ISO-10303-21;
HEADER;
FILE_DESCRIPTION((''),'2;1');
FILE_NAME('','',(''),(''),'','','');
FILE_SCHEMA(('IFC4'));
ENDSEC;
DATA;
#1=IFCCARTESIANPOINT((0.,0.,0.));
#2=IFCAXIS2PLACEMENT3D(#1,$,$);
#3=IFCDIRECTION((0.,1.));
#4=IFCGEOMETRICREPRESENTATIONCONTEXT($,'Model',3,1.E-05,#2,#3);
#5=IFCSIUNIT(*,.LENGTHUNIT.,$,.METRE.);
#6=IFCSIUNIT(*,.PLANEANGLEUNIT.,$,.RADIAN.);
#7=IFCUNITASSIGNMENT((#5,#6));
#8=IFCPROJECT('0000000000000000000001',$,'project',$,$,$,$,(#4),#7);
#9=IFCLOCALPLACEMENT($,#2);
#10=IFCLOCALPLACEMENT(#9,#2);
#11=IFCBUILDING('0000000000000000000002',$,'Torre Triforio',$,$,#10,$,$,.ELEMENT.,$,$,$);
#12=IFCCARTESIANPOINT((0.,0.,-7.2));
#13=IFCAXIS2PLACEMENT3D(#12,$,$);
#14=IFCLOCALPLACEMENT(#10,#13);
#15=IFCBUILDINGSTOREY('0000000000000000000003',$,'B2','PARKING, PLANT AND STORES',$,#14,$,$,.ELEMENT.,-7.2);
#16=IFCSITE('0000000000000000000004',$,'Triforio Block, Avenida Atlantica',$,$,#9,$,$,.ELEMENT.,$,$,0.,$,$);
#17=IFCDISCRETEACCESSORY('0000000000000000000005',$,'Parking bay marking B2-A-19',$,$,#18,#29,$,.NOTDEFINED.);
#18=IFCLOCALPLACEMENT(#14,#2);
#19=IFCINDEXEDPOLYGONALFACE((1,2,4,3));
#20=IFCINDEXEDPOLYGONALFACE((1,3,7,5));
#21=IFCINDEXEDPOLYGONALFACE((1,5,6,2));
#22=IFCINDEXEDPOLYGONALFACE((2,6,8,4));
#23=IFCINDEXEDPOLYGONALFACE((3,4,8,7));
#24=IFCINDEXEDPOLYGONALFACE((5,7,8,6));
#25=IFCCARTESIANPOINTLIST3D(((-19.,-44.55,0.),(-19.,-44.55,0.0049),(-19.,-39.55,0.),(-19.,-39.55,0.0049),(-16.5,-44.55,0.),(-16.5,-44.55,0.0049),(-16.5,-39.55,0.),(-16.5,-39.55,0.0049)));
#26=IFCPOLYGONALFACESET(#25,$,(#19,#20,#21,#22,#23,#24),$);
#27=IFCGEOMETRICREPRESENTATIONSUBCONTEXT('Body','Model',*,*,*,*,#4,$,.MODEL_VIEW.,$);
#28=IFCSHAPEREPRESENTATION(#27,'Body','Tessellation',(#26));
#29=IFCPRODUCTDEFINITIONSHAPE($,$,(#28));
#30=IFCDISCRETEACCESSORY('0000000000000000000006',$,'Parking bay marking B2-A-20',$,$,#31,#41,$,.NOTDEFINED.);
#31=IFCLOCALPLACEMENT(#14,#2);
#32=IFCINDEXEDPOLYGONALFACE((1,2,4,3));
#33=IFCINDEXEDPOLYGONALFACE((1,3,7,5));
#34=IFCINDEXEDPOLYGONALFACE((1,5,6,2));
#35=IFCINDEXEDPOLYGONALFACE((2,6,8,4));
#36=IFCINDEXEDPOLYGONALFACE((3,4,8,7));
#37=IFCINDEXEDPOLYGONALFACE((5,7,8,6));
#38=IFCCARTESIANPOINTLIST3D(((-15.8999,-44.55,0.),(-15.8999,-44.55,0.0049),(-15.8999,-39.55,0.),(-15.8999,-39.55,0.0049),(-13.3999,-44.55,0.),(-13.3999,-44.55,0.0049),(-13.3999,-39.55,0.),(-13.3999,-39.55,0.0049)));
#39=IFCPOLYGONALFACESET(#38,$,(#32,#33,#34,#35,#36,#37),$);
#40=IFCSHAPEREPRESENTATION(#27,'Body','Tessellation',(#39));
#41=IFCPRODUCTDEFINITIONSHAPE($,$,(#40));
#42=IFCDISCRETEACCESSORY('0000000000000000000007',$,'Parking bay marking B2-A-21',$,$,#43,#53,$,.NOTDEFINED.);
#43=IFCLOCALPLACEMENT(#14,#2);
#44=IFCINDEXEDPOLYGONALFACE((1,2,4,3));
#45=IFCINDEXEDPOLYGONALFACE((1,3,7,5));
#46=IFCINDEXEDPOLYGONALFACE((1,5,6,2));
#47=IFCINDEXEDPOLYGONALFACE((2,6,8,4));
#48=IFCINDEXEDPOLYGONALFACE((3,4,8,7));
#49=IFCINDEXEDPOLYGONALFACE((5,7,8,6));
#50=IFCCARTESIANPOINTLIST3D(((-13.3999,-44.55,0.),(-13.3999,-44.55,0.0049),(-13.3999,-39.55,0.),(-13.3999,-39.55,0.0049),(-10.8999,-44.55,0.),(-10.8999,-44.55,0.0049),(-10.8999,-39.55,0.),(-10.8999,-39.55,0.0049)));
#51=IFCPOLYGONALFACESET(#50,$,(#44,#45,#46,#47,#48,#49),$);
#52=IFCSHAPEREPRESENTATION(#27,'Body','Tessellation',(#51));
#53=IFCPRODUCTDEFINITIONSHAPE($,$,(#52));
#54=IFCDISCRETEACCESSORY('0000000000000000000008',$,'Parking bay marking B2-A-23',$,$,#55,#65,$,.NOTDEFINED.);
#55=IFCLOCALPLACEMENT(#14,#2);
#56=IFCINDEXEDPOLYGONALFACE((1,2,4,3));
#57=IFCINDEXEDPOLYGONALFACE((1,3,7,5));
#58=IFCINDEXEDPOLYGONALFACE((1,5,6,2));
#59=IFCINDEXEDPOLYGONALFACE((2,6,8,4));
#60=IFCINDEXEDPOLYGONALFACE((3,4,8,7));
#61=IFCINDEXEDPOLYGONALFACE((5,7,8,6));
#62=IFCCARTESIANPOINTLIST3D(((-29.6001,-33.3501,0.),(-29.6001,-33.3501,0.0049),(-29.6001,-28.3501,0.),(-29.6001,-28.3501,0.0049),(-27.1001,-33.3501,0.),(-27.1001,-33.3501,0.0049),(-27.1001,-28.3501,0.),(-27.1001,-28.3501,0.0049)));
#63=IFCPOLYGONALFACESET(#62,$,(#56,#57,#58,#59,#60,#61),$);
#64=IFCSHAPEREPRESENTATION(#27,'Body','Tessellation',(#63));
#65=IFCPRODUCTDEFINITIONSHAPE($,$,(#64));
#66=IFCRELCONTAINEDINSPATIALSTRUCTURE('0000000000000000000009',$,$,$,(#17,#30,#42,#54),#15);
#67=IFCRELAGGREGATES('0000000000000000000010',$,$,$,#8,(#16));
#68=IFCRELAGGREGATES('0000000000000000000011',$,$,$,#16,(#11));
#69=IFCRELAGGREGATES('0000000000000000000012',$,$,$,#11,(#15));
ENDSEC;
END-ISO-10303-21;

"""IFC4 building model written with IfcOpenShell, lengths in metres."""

from ifc_helpers import new_model, si_unit, direction, frame, origin, origin_2d, place, context, subcontext, project, spatial, rectangle, extrude, element, save


model = new_model("IFC4")

# Units and contexts
model_context = context("Model", 3, precision=1e-05, world=origin(), true_north=direction((0.0, 1.0)))
body_context = subcontext(model_context, "Body", "Model", "MODEL_VIEW")
ifc_project = project(units=[si_unit("LENGTHUNIT", "METRE"), si_unit("PLANEANGLEUNIT", "RADIAN")], contexts=[model_context])

# Site, building, storey
site_placement = place(None, origin())
site = spatial("IfcSite", under=ifc_project, at=site_placement, Name="Triforio Block, Avenida Atlantica", CompositionType="ELEMENT", RefElevation=0.0)
building_placement = place(site_placement, origin())
building = spatial("IfcBuilding", under=site, at=building_placement, Name="Torre Triforio", CompositionType="ELEMENT")
storey_placement = place(building_placement, frame((0.0, 0.0, -7.2)))
storey = spatial("IfcBuildingStorey", under=building, at=storey_placement, Name="B2", Description="PARKING, PLANT AND STORES", CompositionType="ELEMENT", Elevation=-7.2)

# Discrete accessories
for number, where, z_axis, x_axis, name in (
    (1, (-17.75, -42.05, 0.0), (0.0, 0.0, 1.0), (1.0, 0.0, 0.0), "Parking bay marking B2-A-19"),
    (2, (-14.6499, -42.05, 0.0), (0.0, 0.0, 1.0), (1.0, 0.0, 0.0), "Parking bay marking B2-A-20"),
    (3, (-12.1499, -42.05, 0.0), (0.0, 0.0, 1.0), (1.0, 0.0, 0.0), "Parking bay marking B2-A-21"),
    (4, (-28.3501, -30.8501, 0.0), (0.0, 0.0, 1.0), (1.0, 0.0, 0.0), "Parking bay marking B2-A-23"),
):
    element("IfcDiscreteAccessory", number, at=place(storey_placement, frame(where, z_axis=z_axis, x_axis=x_axis)), inside=storey, Name=name, PredefinedType="NOTDEFINED", context=body_context, shape_type="SweptSolid", body=[
        extrude(rectangle(XDim=2.5, YDim=5.0, at=origin_2d()), origin(), (0.0, 0.0, 1.0), 0.0049),
    ])

save(model, "model.ifc")
